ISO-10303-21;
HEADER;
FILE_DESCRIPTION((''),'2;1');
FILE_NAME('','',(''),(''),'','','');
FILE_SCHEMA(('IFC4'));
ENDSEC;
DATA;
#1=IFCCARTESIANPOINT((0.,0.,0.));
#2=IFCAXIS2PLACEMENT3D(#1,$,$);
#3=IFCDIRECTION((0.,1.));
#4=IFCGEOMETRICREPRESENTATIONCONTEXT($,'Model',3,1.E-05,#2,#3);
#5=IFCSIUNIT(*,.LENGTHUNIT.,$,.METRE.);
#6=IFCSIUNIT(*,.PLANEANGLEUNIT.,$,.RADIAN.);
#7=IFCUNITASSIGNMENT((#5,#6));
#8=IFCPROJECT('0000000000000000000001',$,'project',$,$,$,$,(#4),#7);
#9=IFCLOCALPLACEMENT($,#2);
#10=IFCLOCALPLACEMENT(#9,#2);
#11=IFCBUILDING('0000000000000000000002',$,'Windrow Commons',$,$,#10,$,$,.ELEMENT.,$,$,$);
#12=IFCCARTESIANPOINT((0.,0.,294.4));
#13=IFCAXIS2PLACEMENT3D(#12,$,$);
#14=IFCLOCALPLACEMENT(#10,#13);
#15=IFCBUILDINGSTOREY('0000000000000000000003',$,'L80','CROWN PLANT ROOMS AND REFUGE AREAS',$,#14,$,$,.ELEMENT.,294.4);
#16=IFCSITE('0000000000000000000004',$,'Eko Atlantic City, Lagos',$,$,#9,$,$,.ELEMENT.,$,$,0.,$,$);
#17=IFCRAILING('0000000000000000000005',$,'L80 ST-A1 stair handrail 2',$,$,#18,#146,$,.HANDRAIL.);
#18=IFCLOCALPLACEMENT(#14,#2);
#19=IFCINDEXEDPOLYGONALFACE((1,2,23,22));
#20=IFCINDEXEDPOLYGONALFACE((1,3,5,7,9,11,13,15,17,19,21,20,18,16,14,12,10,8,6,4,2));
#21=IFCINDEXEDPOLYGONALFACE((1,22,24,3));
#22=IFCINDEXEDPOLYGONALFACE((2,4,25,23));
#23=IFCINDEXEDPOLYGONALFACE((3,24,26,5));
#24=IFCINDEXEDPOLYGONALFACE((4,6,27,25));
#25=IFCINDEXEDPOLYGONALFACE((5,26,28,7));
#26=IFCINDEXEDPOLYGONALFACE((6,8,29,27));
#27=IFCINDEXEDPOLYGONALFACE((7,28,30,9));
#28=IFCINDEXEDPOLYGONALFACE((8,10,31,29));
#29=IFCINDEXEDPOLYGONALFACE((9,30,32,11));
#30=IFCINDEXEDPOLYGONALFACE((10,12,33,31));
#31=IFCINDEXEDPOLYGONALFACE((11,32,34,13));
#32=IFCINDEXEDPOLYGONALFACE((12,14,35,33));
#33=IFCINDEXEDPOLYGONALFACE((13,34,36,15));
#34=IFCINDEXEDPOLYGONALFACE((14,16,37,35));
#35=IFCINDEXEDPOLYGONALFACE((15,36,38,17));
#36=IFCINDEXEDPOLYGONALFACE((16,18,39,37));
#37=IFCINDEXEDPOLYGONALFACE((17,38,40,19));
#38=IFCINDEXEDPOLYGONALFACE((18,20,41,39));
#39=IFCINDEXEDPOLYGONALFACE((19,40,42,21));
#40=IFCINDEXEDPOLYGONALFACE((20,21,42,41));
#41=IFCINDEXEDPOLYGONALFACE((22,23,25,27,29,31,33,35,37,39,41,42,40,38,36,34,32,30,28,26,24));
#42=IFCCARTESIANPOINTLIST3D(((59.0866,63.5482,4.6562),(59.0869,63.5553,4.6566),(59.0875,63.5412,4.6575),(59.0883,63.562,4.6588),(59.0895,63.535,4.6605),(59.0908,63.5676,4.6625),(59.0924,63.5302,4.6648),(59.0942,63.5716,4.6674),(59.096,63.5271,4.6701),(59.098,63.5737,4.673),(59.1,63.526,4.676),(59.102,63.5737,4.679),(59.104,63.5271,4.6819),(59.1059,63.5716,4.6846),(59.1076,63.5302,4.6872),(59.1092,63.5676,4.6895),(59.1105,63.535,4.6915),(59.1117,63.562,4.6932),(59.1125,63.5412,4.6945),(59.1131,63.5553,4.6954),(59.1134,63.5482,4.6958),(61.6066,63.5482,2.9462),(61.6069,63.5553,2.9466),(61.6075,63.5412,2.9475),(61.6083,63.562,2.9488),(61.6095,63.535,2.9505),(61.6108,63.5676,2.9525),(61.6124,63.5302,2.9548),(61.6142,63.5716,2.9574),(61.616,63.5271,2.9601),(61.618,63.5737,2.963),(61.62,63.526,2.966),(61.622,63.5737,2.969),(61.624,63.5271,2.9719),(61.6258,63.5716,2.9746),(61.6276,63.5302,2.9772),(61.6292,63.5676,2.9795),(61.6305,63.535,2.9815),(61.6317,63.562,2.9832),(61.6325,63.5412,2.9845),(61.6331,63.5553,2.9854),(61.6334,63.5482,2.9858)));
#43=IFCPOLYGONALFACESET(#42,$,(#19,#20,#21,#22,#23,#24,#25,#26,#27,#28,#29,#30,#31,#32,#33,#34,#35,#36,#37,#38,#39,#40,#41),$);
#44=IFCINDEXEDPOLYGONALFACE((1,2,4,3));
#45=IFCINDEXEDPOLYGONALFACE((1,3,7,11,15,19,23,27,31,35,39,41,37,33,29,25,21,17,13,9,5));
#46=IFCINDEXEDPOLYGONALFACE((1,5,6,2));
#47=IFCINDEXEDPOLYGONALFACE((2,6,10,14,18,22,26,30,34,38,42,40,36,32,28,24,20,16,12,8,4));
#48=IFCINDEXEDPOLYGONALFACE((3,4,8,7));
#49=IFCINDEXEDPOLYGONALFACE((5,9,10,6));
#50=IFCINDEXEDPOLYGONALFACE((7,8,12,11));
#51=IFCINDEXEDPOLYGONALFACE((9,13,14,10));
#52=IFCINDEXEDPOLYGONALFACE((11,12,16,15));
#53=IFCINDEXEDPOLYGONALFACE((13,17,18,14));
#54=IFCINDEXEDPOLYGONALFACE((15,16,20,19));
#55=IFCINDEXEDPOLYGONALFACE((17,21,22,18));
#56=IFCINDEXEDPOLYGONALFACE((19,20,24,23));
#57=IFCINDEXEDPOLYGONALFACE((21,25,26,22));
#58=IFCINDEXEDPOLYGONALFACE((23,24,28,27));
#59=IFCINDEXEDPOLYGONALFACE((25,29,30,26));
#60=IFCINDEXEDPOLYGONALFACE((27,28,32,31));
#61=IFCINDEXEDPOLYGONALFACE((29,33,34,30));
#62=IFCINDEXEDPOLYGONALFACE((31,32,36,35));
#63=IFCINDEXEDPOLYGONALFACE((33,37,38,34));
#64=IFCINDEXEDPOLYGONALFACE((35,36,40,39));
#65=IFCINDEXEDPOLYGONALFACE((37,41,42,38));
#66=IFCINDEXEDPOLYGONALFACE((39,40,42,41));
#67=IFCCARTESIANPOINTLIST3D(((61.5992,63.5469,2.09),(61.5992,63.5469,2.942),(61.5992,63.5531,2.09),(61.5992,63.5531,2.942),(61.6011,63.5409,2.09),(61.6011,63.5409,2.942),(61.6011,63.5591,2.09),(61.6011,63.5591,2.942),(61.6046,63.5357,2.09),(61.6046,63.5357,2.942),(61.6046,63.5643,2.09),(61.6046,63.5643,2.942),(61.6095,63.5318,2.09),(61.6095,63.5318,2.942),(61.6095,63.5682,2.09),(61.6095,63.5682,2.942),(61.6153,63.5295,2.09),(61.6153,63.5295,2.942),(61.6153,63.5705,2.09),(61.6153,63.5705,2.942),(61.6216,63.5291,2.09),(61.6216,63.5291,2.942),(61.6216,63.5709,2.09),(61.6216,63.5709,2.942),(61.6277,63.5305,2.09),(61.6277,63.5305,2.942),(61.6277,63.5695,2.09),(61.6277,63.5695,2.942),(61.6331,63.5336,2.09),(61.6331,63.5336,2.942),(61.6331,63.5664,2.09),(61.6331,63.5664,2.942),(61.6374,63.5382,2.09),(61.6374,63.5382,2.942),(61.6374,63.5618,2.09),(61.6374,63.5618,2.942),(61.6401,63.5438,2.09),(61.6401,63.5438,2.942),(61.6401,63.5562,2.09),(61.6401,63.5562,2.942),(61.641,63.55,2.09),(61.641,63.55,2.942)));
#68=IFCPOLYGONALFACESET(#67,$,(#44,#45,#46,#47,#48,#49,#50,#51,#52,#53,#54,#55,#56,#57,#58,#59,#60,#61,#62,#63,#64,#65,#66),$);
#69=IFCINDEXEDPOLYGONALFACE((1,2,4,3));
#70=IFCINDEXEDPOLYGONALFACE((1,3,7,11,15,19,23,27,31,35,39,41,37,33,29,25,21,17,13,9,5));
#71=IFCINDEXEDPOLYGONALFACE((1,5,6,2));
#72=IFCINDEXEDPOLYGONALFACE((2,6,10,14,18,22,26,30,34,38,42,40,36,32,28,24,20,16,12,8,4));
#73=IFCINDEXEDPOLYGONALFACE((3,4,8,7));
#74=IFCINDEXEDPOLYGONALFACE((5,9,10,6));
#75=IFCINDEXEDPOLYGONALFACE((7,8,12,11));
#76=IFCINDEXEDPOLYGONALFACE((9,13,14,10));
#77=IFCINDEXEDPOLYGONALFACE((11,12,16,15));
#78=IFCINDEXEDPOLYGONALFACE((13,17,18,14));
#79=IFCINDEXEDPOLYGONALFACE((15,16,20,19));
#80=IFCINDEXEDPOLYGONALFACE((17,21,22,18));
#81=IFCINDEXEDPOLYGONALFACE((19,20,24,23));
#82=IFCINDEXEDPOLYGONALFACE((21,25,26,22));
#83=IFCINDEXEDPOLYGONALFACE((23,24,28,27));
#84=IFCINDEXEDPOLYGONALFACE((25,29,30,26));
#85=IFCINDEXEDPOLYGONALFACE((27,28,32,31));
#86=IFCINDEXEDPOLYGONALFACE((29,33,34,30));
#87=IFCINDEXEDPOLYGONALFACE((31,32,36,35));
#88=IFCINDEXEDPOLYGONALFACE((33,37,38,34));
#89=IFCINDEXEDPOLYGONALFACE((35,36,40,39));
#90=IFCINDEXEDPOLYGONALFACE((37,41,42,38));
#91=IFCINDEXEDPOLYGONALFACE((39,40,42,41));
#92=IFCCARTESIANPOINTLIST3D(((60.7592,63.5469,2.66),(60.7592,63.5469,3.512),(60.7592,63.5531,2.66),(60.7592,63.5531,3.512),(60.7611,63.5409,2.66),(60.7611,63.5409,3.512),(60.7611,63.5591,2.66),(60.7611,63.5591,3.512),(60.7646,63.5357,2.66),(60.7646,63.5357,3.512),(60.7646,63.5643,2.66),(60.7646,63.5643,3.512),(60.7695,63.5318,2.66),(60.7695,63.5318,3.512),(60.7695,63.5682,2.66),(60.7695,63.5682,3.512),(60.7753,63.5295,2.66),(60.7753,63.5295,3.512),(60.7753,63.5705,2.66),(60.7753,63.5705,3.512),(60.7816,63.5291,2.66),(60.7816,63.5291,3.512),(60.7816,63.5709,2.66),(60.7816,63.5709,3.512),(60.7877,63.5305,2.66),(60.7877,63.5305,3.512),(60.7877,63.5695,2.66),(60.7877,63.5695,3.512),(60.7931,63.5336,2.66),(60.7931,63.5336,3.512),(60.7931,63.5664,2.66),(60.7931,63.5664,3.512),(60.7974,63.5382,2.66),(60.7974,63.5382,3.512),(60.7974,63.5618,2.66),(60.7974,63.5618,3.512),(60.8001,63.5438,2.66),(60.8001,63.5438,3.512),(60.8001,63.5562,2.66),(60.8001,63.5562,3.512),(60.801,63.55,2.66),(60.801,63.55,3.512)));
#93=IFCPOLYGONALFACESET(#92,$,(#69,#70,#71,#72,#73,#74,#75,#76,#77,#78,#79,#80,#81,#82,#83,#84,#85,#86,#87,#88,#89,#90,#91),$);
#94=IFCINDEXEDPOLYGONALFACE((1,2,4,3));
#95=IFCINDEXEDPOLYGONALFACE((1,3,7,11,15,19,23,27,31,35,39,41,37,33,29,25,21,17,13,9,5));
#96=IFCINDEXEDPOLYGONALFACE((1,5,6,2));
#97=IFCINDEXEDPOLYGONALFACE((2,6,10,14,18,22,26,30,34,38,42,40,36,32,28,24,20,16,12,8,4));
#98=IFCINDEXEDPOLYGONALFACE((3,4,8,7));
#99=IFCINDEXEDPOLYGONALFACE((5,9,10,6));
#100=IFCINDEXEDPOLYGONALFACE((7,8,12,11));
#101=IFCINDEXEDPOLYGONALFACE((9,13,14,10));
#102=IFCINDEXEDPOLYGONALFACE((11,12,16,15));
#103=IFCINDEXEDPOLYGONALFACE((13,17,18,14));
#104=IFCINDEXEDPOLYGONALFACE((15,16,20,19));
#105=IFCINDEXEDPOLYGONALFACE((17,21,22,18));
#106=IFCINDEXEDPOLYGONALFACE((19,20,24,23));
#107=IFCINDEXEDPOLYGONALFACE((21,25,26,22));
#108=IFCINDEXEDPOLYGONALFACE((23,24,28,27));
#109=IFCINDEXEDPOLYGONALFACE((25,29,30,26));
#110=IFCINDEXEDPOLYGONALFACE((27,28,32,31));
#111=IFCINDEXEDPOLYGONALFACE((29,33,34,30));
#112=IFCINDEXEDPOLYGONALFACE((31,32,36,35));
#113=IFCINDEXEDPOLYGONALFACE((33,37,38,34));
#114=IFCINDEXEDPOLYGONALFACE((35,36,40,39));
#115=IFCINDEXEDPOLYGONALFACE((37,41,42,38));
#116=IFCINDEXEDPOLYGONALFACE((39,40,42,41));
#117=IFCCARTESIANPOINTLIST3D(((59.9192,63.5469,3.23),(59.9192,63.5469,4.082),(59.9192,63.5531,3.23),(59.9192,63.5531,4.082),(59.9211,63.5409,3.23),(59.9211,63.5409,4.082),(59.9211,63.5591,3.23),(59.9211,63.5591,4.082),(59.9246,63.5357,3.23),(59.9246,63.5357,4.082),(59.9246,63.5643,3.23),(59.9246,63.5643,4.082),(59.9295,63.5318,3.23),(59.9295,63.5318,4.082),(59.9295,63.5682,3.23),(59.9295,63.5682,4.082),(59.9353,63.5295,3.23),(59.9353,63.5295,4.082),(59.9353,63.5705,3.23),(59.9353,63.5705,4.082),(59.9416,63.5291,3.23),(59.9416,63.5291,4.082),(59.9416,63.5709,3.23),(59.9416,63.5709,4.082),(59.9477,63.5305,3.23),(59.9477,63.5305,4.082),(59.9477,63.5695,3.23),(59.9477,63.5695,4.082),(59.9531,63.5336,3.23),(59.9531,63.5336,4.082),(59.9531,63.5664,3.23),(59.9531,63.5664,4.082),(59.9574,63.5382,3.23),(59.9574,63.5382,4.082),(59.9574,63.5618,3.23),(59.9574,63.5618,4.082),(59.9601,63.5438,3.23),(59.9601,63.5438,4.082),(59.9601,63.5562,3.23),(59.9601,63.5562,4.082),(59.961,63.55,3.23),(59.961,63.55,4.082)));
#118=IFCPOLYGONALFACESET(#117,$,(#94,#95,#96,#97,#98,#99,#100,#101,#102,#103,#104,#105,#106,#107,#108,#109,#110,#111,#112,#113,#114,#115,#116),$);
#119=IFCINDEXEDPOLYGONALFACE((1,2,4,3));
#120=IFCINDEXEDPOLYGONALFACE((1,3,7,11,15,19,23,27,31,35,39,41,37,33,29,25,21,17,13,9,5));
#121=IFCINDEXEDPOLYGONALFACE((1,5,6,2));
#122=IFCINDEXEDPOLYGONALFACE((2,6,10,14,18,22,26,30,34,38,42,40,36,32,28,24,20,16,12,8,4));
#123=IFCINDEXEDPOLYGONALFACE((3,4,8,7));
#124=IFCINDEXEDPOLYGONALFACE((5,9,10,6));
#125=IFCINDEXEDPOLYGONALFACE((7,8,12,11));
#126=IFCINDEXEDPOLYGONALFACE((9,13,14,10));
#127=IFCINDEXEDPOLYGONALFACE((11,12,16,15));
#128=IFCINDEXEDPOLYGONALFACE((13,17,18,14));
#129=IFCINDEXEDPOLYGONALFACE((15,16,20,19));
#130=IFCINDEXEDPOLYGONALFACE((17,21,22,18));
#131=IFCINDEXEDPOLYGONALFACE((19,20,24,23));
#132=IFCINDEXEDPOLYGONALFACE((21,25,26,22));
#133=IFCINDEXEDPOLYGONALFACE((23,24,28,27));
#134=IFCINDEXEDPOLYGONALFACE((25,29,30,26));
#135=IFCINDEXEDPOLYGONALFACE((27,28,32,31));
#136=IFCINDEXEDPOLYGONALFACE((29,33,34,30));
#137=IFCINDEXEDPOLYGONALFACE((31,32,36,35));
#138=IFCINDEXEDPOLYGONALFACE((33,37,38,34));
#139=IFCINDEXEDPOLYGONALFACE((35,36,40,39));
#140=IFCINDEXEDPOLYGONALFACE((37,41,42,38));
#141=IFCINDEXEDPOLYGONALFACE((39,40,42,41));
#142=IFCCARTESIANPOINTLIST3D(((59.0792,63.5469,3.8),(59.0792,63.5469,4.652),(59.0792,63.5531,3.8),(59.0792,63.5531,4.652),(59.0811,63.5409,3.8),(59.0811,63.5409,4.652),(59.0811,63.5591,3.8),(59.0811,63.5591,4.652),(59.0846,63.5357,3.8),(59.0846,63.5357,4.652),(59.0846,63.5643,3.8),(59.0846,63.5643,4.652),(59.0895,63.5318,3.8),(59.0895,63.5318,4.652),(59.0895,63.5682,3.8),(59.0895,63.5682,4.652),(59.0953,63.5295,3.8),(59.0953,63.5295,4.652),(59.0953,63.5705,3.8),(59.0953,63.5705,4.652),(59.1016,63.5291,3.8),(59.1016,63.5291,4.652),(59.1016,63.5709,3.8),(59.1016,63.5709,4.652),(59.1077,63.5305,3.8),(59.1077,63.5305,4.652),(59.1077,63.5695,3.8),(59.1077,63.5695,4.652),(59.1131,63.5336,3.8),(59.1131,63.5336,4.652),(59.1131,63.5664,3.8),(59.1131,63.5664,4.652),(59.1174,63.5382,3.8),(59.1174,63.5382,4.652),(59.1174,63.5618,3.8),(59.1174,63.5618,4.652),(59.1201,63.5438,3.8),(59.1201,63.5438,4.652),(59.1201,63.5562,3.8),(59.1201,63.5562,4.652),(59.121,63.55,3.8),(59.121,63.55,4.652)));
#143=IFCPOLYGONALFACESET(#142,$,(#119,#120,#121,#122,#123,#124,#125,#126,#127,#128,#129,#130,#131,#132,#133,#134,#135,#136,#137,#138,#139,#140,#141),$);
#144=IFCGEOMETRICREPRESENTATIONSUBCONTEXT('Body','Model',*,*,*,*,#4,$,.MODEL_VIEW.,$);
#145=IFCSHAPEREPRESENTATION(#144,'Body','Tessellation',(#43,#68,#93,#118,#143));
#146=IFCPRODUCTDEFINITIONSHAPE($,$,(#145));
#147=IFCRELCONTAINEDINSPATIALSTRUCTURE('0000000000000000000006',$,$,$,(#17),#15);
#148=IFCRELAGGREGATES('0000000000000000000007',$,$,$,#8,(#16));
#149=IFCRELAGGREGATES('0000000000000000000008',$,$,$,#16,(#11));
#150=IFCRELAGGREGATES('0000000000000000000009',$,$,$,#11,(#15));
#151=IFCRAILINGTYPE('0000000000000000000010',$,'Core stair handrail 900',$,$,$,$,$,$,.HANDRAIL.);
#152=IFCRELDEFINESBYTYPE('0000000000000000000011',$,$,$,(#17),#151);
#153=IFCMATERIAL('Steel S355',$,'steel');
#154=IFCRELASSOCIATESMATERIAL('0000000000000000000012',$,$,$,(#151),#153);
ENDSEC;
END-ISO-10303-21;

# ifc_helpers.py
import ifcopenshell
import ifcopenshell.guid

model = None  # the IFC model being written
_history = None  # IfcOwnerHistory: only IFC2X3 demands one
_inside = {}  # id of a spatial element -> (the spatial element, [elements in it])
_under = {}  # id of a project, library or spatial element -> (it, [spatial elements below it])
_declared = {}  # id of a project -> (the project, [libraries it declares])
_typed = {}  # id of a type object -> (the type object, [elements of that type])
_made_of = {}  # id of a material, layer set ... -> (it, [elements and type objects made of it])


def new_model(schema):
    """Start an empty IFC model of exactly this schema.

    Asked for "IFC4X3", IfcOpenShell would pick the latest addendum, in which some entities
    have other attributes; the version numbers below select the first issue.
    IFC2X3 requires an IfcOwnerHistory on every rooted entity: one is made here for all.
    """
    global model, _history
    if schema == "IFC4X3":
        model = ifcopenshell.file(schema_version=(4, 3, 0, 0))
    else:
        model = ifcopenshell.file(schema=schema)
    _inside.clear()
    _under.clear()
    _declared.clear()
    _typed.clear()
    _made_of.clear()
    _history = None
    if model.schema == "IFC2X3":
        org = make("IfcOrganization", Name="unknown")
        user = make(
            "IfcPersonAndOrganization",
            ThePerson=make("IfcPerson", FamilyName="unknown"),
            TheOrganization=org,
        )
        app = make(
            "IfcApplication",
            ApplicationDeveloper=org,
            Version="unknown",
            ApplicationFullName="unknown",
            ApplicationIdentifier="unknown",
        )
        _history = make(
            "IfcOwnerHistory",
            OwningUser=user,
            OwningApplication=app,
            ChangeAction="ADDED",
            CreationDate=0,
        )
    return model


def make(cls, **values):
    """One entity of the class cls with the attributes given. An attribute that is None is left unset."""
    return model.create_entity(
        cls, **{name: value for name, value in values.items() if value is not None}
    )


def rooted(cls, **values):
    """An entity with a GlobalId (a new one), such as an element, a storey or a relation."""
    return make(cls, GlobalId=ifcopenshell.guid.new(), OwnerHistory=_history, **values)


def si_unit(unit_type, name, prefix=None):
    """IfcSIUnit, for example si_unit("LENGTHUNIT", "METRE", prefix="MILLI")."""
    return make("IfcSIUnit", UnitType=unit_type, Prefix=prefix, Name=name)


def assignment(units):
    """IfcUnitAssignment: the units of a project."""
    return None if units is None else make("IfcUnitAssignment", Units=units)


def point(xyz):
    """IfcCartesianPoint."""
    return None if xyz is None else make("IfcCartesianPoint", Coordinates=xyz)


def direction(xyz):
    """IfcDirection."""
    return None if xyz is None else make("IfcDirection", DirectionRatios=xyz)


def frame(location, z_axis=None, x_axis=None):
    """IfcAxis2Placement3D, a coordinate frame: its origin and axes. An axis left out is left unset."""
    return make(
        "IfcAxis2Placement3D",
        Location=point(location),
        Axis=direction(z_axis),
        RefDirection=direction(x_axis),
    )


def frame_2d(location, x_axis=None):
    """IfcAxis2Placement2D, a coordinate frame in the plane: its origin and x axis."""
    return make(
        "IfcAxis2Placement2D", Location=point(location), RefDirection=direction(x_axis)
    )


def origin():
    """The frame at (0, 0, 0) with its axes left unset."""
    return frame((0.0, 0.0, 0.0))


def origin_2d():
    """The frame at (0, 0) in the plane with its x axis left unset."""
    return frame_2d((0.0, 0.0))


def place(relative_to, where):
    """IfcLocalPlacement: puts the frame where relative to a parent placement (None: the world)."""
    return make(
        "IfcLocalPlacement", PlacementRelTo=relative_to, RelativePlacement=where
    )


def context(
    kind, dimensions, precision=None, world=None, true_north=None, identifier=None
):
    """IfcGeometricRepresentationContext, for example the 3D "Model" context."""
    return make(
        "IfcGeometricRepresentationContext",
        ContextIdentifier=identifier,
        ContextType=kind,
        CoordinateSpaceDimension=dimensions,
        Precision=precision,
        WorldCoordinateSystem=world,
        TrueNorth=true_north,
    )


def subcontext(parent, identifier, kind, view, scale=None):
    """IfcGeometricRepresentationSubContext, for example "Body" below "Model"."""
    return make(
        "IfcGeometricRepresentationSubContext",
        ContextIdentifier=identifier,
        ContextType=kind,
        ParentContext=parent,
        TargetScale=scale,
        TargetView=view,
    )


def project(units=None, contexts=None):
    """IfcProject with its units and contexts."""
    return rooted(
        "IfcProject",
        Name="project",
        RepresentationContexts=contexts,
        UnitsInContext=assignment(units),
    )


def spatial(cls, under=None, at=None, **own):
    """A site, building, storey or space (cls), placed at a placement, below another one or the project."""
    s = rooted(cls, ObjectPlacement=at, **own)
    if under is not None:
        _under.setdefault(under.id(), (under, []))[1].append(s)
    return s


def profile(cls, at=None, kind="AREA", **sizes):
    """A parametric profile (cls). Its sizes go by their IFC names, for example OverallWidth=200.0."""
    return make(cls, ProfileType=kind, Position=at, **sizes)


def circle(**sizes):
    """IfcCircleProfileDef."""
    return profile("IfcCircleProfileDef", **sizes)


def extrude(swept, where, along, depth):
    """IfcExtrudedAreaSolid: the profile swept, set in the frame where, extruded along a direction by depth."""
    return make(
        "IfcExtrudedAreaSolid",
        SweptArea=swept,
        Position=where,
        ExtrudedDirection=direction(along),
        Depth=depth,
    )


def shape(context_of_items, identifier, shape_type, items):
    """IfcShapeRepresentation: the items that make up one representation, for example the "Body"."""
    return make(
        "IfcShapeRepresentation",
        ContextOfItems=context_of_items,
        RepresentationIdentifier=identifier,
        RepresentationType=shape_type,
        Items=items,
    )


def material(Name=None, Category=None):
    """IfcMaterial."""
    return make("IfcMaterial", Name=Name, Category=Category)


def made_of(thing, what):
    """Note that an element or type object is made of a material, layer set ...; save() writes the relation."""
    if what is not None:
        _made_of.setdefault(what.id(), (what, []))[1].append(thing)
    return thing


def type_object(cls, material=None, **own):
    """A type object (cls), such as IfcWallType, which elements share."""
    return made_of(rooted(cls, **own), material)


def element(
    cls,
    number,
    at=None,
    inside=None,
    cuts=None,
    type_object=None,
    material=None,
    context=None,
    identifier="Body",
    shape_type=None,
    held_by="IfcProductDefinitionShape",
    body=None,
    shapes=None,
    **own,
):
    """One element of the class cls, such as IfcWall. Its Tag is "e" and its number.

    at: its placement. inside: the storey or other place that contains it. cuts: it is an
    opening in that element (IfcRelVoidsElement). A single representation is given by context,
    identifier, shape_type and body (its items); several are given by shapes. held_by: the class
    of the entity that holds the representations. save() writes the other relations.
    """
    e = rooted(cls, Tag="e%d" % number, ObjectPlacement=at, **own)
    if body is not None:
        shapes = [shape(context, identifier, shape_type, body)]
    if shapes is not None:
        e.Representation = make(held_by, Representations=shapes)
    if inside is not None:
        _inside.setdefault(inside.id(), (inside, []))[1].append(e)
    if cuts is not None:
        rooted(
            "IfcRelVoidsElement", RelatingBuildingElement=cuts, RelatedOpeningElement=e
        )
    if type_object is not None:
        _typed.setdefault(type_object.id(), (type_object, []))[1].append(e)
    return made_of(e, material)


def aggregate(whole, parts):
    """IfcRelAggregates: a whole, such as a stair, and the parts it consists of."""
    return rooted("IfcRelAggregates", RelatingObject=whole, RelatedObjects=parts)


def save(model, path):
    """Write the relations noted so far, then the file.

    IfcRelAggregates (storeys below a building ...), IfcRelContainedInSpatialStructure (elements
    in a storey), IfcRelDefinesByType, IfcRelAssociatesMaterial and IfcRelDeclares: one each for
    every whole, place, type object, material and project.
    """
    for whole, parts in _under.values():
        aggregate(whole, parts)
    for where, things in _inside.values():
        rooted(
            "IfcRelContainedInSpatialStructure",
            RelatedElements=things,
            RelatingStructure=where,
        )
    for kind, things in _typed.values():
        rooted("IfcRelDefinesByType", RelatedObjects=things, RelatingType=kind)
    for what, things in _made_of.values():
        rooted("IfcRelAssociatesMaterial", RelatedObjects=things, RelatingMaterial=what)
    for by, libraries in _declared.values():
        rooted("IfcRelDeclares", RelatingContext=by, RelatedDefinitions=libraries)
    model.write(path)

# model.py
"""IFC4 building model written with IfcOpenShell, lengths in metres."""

from ifc_helpers import new_model, si_unit, direction, frame, origin, origin_2d, place, context, subcontext, project, spatial, circle, extrude, material, type_object, element, save


model = new_model("IFC4")

# Units and contexts
model_context = context("Model", 3, precision=1e-05, world=origin(), true_north=direction((0.0, 1.0)))
body_context = subcontext(model_context, "Body", "Model", "MODEL_VIEW")
ifc_project = project(units=[si_unit("LENGTHUNIT", "METRE"), si_unit("PLANEANGLEUNIT", "RADIAN")], contexts=[model_context])

# Site, building, storey
site_placement = place(None, origin())
site = spatial("IfcSite", under=ifc_project, at=site_placement, Name="Eko Atlantic City, Lagos", CompositionType="ELEMENT", RefElevation=0.0)
building_placement = place(site_placement, origin())
building = spatial("IfcBuilding", under=site, at=building_placement, Name="Windrow Commons", CompositionType="ELEMENT")
storey_placement = place(building_placement, frame((0.0, 0.0, 294.4)))
storey = spatial("IfcBuildingStorey", under=building, at=storey_placement, Name="L80", Description="CROWN PLANT ROOMS AND REFUGE AREAS", CompositionType="ELEMENT", Elevation=294.4)

# Railing
ifc_material_1 = material(Name="Steel S355", Category="steel")
railing_type_1 = type_object("IfcRailingType", Name="Core stair handrail 900", PredefinedType="HANDRAIL", material=ifc_material_1)
railing_1_placement = place(storey_placement, frame((61.62, 63.55, 2.09)))
element("IfcRailing", 1, at=railing_1_placement, inside=storey, type_object=railing_type_1, Name="L80 ST-A1 stair handrail 2", PredefinedType="HANDRAIL", context=body_context, shape_type="SweptSolid", body=[
    extrude(circle(Radius=0.024, at=origin_2d()), frame((0.0, 0.0, 0.876), z_axis=(-0.827476, 0.0, 0.561501), x_axis=(0.0, -1.0, 0.0)), (0.0, 0.0, 1.0), 3.0454),
    extrude(circle(Radius=0.021, at=origin_2d()), origin(), (0.0, 0.0, 1.0), 0.852),
    extrude(circle(Radius=0.021, at=origin_2d()), frame((-0.84, 0.0, 0.57)), (0.0, 0.0, 1.0), 0.852),
    extrude(circle(Radius=0.021, at=origin_2d()), frame((-1.68, 0.0, 1.14)), (0.0, 0.0, 1.0), 0.852),
    extrude(circle(Radius=0.021, at=origin_2d()), frame((-2.52, 0.0, 1.71)), (0.0, 0.0, 1.0), 0.852),
])

save(model, "model.ifc")
